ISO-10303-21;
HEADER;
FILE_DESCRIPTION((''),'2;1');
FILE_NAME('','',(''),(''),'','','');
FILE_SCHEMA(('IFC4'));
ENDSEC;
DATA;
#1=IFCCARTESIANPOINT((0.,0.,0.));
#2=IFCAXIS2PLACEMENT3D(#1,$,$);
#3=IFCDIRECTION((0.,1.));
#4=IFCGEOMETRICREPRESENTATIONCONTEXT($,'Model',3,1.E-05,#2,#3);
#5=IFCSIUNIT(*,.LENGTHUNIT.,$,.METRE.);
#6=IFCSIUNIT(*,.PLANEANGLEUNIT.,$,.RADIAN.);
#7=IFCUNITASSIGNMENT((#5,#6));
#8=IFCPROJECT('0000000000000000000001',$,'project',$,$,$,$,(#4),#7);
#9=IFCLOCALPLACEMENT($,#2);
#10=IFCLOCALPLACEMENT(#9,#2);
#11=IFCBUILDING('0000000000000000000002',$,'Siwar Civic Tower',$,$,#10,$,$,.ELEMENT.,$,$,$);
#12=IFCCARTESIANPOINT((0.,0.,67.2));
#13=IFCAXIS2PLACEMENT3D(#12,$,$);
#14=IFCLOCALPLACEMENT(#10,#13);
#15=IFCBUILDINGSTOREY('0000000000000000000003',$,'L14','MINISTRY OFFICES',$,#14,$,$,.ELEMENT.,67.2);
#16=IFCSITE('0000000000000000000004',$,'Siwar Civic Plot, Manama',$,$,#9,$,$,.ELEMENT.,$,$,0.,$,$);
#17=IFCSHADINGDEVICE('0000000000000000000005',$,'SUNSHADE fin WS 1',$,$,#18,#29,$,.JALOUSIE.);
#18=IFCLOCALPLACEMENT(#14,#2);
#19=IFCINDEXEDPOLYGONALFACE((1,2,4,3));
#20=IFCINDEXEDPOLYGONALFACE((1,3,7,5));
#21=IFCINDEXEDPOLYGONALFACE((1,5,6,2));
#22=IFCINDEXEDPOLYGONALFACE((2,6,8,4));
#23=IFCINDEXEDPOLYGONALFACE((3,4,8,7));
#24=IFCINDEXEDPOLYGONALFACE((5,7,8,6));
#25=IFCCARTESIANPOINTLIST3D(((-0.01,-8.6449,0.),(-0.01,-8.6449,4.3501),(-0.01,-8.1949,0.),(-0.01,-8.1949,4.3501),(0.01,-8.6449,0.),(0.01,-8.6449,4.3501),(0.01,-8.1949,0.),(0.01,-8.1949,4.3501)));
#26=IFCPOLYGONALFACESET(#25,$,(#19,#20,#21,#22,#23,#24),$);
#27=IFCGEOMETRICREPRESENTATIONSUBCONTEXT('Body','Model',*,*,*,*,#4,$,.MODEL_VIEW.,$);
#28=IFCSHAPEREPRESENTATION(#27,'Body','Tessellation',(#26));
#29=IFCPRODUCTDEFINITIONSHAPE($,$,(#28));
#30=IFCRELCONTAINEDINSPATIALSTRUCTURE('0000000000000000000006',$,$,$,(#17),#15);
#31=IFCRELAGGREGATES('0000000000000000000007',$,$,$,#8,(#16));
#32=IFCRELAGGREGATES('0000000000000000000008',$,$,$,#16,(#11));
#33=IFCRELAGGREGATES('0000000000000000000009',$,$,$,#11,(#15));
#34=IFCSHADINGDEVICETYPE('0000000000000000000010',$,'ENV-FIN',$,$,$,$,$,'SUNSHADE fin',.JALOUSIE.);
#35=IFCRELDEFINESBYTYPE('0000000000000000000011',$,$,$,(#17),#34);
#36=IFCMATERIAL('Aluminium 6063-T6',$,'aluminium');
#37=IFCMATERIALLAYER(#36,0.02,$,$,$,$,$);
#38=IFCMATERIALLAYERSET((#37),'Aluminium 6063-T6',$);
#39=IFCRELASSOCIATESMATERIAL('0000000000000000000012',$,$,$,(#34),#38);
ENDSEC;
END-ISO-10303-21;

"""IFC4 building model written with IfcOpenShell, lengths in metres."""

from ifc_helpers import new_model, si_unit, direction, frame, origin, origin_2d, place, context, subcontext, project, spatial, rectangle, extrude, material, layer, layer_set, type_object, element, save


model = new_model("IFC4")

# Units and contexts
model_context = context("Model", 3, precision=1e-05, world=origin(), true_north=direction((0.0, 1.0)))
body_context = subcontext(model_context, "Body", "Model", "MODEL_VIEW")
ifc_project = project(units=[si_unit("LENGTHUNIT", "METRE"), si_unit("PLANEANGLEUNIT", "RADIAN")], contexts=[model_context])

# Site, building, storey
site_placement = place(None, origin())
site = spatial("IfcSite", under=ifc_project, at=site_placement, Name="Siwar Civic Plot, Manama", CompositionType="ELEMENT", RefElevation=0.0)
building_placement = place(site_placement, origin())
building = spatial("IfcBuilding", under=site, at=building_placement, Name="Siwar Civic Tower", CompositionType="ELEMENT")
storey_placement = place(building_placement, frame((0.0, 0.0, 67.2)))
storey = spatial("IfcBuildingStorey", under=building, at=storey_placement, Name="L14", Description="MINISTRY OFFICES", CompositionType="ELEMENT", Elevation=67.2)

# Shading device
ifc_material_1 = material(Name="Aluminium 6063-T6", Category="aluminium")
ifc_layer_1 = layer(ifc_material_1, 0.02)
ifc_layer_set_1 = layer_set([ifc_layer_1], Name="Aluminium 6063-T6")
shading_device_type = type_object("IfcShadingDeviceType", Name="ENV-FIN", ElementType="SUNSHADE fin", PredefinedType="JALOUSIE", material=ifc_layer_set_1)
shading_device_placement = place(storey_placement, frame((0.0, -8.4199, 0.0), z_axis=(0.0, 0.0, 1.0), x_axis=(1.0, 0.0, 0.0)))
element("IfcShadingDevice", 1, at=shading_device_placement, inside=storey, type_object=shading_device_type, Name="SUNSHADE fin WS 1", PredefinedType="JALOUSIE", context=body_context, shape_type="SweptSolid", body=[
    extrude(rectangle(XDim=0.02, YDim=0.45, at=origin_2d()), origin(), (0.0, 0.0, 1.0), 4.3501),
])

save(model, "model.ifc")
